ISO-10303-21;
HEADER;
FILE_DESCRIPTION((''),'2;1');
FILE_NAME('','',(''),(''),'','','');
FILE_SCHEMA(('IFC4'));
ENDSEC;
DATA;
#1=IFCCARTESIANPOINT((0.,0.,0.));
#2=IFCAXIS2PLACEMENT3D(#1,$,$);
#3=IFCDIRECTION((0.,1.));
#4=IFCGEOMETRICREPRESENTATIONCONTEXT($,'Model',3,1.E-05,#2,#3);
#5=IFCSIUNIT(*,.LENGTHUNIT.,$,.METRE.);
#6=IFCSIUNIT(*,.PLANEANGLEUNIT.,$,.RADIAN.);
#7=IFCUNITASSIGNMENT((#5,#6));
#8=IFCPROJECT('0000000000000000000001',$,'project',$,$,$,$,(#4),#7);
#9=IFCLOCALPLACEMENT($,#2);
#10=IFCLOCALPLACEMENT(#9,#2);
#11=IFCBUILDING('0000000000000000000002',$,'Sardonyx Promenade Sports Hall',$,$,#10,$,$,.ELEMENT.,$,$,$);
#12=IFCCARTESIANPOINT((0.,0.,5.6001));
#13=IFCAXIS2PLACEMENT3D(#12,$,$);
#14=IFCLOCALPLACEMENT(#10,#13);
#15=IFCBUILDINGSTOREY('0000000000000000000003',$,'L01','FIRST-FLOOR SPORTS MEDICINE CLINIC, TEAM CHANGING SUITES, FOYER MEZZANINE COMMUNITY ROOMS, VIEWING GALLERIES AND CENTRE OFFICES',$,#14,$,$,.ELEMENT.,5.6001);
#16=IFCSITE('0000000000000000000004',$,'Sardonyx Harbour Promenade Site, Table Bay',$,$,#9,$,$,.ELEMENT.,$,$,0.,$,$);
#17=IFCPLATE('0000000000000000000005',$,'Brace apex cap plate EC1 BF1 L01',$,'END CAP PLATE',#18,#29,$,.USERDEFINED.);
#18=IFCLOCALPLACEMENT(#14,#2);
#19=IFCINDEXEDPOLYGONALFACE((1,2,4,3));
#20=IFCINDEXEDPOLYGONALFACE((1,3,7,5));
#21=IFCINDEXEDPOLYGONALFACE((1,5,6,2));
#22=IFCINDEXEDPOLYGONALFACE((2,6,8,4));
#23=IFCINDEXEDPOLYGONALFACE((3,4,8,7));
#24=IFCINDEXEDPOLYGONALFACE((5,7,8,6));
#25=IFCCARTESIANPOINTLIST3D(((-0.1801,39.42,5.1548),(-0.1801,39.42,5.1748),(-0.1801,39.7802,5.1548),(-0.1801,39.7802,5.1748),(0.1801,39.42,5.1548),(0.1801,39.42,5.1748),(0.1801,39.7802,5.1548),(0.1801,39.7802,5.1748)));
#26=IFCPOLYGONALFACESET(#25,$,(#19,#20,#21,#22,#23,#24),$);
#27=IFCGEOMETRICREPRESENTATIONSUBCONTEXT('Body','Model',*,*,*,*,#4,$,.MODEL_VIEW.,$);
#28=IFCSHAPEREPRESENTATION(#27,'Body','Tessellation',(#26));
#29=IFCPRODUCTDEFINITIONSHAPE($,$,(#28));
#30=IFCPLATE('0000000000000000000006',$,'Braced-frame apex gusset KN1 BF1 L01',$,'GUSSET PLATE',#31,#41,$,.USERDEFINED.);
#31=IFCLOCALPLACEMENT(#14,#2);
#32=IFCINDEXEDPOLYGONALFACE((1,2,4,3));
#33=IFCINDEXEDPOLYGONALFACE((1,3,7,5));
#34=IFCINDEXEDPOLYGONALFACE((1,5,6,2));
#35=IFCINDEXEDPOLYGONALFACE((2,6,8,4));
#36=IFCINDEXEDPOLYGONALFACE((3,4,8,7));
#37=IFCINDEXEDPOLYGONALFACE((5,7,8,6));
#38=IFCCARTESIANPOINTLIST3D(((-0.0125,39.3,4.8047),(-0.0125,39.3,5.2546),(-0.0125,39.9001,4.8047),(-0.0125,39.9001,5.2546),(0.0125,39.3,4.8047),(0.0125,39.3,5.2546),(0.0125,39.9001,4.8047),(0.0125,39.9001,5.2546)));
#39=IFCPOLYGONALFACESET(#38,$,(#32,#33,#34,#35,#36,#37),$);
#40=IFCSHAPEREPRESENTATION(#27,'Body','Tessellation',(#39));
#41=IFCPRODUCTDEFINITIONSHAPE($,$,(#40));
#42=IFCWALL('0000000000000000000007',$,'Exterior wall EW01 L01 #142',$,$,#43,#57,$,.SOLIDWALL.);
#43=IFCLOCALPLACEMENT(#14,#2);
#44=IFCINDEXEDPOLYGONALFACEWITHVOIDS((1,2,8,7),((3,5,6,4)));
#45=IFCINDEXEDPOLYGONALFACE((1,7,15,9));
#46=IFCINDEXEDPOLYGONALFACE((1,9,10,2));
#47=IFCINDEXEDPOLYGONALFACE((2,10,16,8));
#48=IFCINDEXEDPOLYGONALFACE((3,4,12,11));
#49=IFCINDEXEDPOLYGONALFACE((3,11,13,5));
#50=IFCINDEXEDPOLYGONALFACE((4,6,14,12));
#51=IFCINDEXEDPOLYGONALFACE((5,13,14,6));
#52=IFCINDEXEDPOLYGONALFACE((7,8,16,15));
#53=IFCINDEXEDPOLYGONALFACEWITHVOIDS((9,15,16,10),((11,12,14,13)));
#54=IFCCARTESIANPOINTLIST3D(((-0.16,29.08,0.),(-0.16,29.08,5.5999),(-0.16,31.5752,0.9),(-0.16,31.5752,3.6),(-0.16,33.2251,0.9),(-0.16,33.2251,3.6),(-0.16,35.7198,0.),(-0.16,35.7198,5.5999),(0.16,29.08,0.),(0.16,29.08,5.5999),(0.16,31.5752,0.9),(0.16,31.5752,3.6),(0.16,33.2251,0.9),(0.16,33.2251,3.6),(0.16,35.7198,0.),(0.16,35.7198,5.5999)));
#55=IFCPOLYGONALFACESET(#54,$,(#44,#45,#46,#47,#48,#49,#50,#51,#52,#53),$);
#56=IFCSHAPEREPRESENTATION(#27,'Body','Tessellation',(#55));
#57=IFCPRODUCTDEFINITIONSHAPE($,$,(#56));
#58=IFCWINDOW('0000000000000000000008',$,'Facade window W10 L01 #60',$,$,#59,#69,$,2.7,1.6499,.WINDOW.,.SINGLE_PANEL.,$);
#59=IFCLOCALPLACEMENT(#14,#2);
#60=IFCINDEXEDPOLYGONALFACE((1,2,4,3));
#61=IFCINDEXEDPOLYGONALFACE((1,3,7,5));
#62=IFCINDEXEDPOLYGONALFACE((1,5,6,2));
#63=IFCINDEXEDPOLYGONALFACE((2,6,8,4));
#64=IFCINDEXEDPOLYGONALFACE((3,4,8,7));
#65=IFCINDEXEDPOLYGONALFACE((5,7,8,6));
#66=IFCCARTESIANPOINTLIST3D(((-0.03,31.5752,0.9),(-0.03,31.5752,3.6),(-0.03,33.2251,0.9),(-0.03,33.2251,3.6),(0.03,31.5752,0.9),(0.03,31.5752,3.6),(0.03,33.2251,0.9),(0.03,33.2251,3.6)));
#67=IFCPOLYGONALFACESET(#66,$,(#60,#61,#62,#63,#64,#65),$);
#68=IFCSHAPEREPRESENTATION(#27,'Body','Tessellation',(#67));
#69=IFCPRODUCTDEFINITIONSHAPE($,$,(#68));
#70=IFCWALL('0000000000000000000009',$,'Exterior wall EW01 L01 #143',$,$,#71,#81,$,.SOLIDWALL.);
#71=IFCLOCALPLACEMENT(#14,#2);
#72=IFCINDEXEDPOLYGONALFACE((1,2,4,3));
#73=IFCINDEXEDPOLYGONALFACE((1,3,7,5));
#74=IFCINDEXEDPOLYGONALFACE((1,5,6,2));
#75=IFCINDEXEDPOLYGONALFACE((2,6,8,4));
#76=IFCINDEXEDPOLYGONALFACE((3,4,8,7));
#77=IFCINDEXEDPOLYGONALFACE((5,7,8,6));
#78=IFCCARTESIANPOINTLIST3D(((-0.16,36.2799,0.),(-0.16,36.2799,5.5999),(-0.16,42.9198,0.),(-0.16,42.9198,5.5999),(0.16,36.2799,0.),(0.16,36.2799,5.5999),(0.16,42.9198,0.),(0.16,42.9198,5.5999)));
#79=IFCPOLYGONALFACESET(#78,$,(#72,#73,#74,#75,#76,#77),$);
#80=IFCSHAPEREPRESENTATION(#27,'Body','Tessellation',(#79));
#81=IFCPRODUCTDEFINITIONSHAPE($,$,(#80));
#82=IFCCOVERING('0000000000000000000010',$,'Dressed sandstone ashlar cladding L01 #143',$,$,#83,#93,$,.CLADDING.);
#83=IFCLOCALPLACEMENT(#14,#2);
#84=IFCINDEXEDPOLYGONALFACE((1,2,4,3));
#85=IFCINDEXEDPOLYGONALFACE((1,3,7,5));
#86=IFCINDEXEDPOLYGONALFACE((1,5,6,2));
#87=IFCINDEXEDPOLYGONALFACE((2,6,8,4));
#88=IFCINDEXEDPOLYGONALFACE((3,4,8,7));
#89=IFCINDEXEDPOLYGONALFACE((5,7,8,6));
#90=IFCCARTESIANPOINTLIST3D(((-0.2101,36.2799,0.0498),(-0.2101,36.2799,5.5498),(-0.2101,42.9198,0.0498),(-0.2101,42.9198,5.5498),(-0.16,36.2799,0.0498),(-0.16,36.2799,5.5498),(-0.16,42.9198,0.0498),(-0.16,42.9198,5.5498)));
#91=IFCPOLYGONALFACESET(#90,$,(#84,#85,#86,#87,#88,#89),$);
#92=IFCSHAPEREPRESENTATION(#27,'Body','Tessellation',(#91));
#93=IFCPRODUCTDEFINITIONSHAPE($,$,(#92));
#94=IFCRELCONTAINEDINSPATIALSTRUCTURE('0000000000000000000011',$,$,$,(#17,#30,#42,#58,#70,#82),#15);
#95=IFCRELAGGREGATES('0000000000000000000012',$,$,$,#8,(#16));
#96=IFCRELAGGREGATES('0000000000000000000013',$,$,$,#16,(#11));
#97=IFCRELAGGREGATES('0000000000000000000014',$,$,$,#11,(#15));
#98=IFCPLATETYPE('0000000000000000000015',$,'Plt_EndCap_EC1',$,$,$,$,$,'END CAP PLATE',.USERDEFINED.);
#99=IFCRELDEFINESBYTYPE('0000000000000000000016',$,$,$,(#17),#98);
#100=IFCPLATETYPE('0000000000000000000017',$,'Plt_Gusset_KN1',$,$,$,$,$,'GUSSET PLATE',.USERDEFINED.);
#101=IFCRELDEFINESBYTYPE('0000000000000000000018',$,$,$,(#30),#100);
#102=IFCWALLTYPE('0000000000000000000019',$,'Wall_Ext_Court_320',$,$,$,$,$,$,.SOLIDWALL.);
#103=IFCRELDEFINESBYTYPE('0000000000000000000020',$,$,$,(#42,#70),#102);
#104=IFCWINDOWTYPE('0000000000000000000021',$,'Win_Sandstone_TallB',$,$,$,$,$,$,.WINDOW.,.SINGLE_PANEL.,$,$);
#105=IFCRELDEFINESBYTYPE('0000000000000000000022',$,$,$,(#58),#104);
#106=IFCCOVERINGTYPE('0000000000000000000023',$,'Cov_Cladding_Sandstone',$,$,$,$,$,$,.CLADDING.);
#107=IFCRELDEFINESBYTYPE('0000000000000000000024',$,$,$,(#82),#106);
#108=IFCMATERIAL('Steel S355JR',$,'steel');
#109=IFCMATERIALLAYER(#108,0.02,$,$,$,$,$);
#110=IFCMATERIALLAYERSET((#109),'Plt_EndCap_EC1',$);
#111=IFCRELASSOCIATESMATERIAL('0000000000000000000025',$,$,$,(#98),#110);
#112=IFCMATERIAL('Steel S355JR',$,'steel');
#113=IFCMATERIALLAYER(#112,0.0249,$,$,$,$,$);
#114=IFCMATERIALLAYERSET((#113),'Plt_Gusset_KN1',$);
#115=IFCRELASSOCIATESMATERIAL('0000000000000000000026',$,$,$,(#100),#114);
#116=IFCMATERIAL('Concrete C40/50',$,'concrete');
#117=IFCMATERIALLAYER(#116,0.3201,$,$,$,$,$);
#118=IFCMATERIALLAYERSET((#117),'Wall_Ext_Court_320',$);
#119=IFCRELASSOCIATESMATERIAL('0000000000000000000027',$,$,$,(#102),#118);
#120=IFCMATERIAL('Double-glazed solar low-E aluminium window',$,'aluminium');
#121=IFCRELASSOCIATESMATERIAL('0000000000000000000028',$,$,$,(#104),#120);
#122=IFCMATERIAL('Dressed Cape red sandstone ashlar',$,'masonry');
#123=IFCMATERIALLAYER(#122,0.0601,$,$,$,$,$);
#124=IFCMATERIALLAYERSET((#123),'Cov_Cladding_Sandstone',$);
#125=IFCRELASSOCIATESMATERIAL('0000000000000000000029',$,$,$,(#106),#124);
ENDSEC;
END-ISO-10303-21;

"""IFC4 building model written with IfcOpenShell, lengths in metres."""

from ifc_helpers import new_model, si_unit, direction, frame, frame_2d, origin, origin_2d, place, context, subcontext, project, spatial, rectangle, extrude, material, layer, layer_set, type_object, element, fill, save


model = new_model("IFC4")

# Units and contexts
model_context = context("Model", 3, precision=1e-05, world=origin(), true_north=direction((0.0, 1.0)))
body_context = subcontext(model_context, "Body", "Model", "MODEL_VIEW")
ifc_project = project(units=[si_unit("LENGTHUNIT", "METRE"), si_unit("PLANEANGLEUNIT", "RADIAN")], contexts=[model_context])

# Site, building, storey
site_placement = place(None, origin())
site = spatial("IfcSite", under=ifc_project, at=site_placement, Name="Sardonyx Harbour Promenade Site, Table Bay", CompositionType="ELEMENT", RefElevation=0.0)
building_placement = place(site_placement, origin())
building = spatial("IfcBuilding", under=site, at=building_placement, Name="Sardonyx Promenade Sports Hall", CompositionType="ELEMENT")
storey_placement = place(building_placement, frame((0.0, 0.0, 5.6001)))
storey = spatial("IfcBuildingStorey", under=building, at=storey_placement, Name="L01", Description="FIRST-FLOOR SPORTS MEDICINE CLINIC, TEAM CHANGING SUITES, FOYER MEZZANINE COMMUNITY ROOMS, VIEWING GALLERIES AND CENTRE OFFICES", CompositionType="ELEMENT", Elevation=5.6001)

# Plates
ifc_material_1 = material(Name="Steel S355JR", Category="steel")
ifc_layer_1 = layer(ifc_material_1, 0.02)
ifc_layer_set_1 = layer_set([ifc_layer_1], Name="Plt_EndCap_EC1")
plate_type_1 = type_object("IfcPlateType", Name="Plt_EndCap_EC1", ElementType="END CAP PLATE", PredefinedType="USERDEFINED", material=ifc_layer_set_1)
for number, where, z_axis, x_axis, name in (
    (1, (0.0, 39.6001, 5.1548), (0.0, 0.0, 1.0), (1.0, 0.0, 0.0), "Brace apex cap plate EC1 BF1 L01"),
):
    element("IfcPlate", number, at=place(storey_placement, frame(where, z_axis=z_axis, x_axis=x_axis)), inside=storey, type_object=plate_type_1, Name=name, ObjectType="END CAP PLATE", PredefinedType="USERDEFINED", context=body_context, shape_type="SweptSolid", body=[
        extrude(rectangle(XDim=0.3601, YDim=0.3601, at=origin_2d()), origin(), (0.0, 0.0, 1.0), 0.02),
    ])
ifc_material_2 = material(Name="Steel S355JR", Category="steel")
ifc_layer_2 = layer(ifc_material_2, 0.0249)
ifc_layer_set_2 = layer_set([ifc_layer_2], Name="Plt_Gusset_KN1")
plate_type_2 = type_object("IfcPlateType", Name="Plt_Gusset_KN1", ElementType="GUSSET PLATE", PredefinedType="USERDEFINED", material=ifc_layer_set_2)
plate_1_placement = place(storey_placement, frame((0.0, 39.6001, 4.8047), z_axis=(0.0, 0.0, 1.0), x_axis=(0.0, 1.0, 0.0)))
element("IfcPlate", 2, at=plate_1_placement, inside=storey, type_object=plate_type_2, Name="Braced-frame apex gusset KN1 BF1 L01", ObjectType="GUSSET PLATE", PredefinedType="USERDEFINED", context=body_context, shape_type="SweptSolid", body=[
    extrude(rectangle(XDim=0.6001, YDim=0.0249, at=origin_2d()), origin(), (0.0, 0.0, 1.0), 0.45),
])

# Wall, opening, window
ifc_material_3 = material(Name="Concrete C40/50", Category="concrete")
ifc_layer_3 = layer(ifc_material_3, 0.3201)
ifc_layer_set_3 = layer_set([ifc_layer_3], Name="Wall_Ext_Court_320")
wall_type = type_object("IfcWallType", Name="Wall_Ext_Court_320", PredefinedType="SOLIDWALL", material=ifc_layer_set_3)
wall_1_placement = place(storey_placement, frame((0.0, 29.0801, 0.0), z_axis=(0.0, 0.0, 1.0), x_axis=(0.0, 1.0, 0.0)))
wall_1 = element("IfcWall", 3, at=wall_1_placement, inside=storey, type_object=wall_type, Name="Exterior wall EW01 L01 #142", PredefinedType="SOLIDWALL", context=body_context, shape_type="SweptSolid", body=[
    extrude(rectangle(XDim=6.6399, YDim=0.3201, at=frame_2d((3.3198, 0.0))), origin(), (0.0, 0.0, 1.0), 5.5999),
])
opening_placement = place(wall_1_placement, frame((2.4951, 0.0, 0.8999)))
opening = element("IfcOpeningElement", 4, at=opening_placement, cuts=wall_1, PredefinedType="OPENING", context=body_context, shape_type="SweptSolid", body=[
    extrude(rectangle(XDim=1.6499, YDim=2.7, at=frame_2d((0.825, 1.3501))), frame((0.0, 0.17, 0.0), z_axis=(0.0, -1.0, 0.0), x_axis=(1.0, 0.0, 0.0)), (0.0, 0.0, 1.0), 0.34),
])
ifc_material_4 = material(Name="Double-glazed solar low-E aluminium window", Category="aluminium")
window_type = type_object("IfcWindowType", Name="Win_Sandstone_TallB", PartitioningType="SINGLE_PANEL", PredefinedType="WINDOW", material=ifc_material_4)
window_placement = place(opening_placement, origin())
window = element("IfcWindow", 5, at=window_placement, inside=storey, type_object=window_type, Name="Facade window W10 L01 #60", OverallHeight=2.7, OverallWidth=1.6499, PartitioningType="SINGLE_PANEL", PredefinedType="WINDOW", context=body_context, shape_type="SweptSolid", body=[
    extrude(rectangle(XDim=1.6499, YDim=2.7, at=frame_2d((0.825, 1.3501))), frame((0.0, 0.03, 0.0), z_axis=(0.0, -1.0, 0.0), x_axis=(1.0, 0.0, 0.0)), (0.0, 0.0, 1.0), 0.0601),
])
fill(opening, window)

# Wall
wall_2_placement = place(storey_placement, frame((0.0, 36.28, 0.0), z_axis=(0.0, 0.0, 1.0), x_axis=(0.0, 1.0, 0.0)))
element("IfcWall", 6, at=wall_2_placement, inside=storey, type_object=wall_type, Name="Exterior wall EW01 L01 #143", PredefinedType="SOLIDWALL", context=body_context, shape_type="SweptSolid", body=[
    extrude(rectangle(XDim=6.6399, YDim=0.3201, at=frame_2d((3.3198, 0.0))), origin(), (0.0, 0.0, 1.0), 5.5999),
])

# Covering
ifc_material_5 = material(Name="Dressed Cape red sandstone ashlar", Category="masonry")
ifc_layer_4 = layer(ifc_material_5, 0.0601)
ifc_layer_set_4 = layer_set([ifc_layer_4], Name="Cov_Cladding_Sandstone")
covering_type = type_object("IfcCoveringType", Name="Cov_Cladding_Sandstone", PredefinedType="CLADDING", material=ifc_layer_set_4)
covering_placement = place(storey_placement, frame((-0.1851, 36.28, 0.0498), z_axis=(0.0, 0.0, 1.0), x_axis=(0.0, 1.0, 0.0)))
element("IfcCovering", 7, at=covering_placement, inside=storey, type_object=covering_type, Name="Dressed sandstone ashlar cladding L01 #143", PredefinedType="CLADDING", context=body_context, shape_type="SweptSolid", body=[
    extrude(rectangle(XDim=6.6399, YDim=0.05, at=frame_2d((3.3198, 0.0))), origin(), (0.0, 0.0, 1.0), 5.5),
])

save(model, "model.ifc")
